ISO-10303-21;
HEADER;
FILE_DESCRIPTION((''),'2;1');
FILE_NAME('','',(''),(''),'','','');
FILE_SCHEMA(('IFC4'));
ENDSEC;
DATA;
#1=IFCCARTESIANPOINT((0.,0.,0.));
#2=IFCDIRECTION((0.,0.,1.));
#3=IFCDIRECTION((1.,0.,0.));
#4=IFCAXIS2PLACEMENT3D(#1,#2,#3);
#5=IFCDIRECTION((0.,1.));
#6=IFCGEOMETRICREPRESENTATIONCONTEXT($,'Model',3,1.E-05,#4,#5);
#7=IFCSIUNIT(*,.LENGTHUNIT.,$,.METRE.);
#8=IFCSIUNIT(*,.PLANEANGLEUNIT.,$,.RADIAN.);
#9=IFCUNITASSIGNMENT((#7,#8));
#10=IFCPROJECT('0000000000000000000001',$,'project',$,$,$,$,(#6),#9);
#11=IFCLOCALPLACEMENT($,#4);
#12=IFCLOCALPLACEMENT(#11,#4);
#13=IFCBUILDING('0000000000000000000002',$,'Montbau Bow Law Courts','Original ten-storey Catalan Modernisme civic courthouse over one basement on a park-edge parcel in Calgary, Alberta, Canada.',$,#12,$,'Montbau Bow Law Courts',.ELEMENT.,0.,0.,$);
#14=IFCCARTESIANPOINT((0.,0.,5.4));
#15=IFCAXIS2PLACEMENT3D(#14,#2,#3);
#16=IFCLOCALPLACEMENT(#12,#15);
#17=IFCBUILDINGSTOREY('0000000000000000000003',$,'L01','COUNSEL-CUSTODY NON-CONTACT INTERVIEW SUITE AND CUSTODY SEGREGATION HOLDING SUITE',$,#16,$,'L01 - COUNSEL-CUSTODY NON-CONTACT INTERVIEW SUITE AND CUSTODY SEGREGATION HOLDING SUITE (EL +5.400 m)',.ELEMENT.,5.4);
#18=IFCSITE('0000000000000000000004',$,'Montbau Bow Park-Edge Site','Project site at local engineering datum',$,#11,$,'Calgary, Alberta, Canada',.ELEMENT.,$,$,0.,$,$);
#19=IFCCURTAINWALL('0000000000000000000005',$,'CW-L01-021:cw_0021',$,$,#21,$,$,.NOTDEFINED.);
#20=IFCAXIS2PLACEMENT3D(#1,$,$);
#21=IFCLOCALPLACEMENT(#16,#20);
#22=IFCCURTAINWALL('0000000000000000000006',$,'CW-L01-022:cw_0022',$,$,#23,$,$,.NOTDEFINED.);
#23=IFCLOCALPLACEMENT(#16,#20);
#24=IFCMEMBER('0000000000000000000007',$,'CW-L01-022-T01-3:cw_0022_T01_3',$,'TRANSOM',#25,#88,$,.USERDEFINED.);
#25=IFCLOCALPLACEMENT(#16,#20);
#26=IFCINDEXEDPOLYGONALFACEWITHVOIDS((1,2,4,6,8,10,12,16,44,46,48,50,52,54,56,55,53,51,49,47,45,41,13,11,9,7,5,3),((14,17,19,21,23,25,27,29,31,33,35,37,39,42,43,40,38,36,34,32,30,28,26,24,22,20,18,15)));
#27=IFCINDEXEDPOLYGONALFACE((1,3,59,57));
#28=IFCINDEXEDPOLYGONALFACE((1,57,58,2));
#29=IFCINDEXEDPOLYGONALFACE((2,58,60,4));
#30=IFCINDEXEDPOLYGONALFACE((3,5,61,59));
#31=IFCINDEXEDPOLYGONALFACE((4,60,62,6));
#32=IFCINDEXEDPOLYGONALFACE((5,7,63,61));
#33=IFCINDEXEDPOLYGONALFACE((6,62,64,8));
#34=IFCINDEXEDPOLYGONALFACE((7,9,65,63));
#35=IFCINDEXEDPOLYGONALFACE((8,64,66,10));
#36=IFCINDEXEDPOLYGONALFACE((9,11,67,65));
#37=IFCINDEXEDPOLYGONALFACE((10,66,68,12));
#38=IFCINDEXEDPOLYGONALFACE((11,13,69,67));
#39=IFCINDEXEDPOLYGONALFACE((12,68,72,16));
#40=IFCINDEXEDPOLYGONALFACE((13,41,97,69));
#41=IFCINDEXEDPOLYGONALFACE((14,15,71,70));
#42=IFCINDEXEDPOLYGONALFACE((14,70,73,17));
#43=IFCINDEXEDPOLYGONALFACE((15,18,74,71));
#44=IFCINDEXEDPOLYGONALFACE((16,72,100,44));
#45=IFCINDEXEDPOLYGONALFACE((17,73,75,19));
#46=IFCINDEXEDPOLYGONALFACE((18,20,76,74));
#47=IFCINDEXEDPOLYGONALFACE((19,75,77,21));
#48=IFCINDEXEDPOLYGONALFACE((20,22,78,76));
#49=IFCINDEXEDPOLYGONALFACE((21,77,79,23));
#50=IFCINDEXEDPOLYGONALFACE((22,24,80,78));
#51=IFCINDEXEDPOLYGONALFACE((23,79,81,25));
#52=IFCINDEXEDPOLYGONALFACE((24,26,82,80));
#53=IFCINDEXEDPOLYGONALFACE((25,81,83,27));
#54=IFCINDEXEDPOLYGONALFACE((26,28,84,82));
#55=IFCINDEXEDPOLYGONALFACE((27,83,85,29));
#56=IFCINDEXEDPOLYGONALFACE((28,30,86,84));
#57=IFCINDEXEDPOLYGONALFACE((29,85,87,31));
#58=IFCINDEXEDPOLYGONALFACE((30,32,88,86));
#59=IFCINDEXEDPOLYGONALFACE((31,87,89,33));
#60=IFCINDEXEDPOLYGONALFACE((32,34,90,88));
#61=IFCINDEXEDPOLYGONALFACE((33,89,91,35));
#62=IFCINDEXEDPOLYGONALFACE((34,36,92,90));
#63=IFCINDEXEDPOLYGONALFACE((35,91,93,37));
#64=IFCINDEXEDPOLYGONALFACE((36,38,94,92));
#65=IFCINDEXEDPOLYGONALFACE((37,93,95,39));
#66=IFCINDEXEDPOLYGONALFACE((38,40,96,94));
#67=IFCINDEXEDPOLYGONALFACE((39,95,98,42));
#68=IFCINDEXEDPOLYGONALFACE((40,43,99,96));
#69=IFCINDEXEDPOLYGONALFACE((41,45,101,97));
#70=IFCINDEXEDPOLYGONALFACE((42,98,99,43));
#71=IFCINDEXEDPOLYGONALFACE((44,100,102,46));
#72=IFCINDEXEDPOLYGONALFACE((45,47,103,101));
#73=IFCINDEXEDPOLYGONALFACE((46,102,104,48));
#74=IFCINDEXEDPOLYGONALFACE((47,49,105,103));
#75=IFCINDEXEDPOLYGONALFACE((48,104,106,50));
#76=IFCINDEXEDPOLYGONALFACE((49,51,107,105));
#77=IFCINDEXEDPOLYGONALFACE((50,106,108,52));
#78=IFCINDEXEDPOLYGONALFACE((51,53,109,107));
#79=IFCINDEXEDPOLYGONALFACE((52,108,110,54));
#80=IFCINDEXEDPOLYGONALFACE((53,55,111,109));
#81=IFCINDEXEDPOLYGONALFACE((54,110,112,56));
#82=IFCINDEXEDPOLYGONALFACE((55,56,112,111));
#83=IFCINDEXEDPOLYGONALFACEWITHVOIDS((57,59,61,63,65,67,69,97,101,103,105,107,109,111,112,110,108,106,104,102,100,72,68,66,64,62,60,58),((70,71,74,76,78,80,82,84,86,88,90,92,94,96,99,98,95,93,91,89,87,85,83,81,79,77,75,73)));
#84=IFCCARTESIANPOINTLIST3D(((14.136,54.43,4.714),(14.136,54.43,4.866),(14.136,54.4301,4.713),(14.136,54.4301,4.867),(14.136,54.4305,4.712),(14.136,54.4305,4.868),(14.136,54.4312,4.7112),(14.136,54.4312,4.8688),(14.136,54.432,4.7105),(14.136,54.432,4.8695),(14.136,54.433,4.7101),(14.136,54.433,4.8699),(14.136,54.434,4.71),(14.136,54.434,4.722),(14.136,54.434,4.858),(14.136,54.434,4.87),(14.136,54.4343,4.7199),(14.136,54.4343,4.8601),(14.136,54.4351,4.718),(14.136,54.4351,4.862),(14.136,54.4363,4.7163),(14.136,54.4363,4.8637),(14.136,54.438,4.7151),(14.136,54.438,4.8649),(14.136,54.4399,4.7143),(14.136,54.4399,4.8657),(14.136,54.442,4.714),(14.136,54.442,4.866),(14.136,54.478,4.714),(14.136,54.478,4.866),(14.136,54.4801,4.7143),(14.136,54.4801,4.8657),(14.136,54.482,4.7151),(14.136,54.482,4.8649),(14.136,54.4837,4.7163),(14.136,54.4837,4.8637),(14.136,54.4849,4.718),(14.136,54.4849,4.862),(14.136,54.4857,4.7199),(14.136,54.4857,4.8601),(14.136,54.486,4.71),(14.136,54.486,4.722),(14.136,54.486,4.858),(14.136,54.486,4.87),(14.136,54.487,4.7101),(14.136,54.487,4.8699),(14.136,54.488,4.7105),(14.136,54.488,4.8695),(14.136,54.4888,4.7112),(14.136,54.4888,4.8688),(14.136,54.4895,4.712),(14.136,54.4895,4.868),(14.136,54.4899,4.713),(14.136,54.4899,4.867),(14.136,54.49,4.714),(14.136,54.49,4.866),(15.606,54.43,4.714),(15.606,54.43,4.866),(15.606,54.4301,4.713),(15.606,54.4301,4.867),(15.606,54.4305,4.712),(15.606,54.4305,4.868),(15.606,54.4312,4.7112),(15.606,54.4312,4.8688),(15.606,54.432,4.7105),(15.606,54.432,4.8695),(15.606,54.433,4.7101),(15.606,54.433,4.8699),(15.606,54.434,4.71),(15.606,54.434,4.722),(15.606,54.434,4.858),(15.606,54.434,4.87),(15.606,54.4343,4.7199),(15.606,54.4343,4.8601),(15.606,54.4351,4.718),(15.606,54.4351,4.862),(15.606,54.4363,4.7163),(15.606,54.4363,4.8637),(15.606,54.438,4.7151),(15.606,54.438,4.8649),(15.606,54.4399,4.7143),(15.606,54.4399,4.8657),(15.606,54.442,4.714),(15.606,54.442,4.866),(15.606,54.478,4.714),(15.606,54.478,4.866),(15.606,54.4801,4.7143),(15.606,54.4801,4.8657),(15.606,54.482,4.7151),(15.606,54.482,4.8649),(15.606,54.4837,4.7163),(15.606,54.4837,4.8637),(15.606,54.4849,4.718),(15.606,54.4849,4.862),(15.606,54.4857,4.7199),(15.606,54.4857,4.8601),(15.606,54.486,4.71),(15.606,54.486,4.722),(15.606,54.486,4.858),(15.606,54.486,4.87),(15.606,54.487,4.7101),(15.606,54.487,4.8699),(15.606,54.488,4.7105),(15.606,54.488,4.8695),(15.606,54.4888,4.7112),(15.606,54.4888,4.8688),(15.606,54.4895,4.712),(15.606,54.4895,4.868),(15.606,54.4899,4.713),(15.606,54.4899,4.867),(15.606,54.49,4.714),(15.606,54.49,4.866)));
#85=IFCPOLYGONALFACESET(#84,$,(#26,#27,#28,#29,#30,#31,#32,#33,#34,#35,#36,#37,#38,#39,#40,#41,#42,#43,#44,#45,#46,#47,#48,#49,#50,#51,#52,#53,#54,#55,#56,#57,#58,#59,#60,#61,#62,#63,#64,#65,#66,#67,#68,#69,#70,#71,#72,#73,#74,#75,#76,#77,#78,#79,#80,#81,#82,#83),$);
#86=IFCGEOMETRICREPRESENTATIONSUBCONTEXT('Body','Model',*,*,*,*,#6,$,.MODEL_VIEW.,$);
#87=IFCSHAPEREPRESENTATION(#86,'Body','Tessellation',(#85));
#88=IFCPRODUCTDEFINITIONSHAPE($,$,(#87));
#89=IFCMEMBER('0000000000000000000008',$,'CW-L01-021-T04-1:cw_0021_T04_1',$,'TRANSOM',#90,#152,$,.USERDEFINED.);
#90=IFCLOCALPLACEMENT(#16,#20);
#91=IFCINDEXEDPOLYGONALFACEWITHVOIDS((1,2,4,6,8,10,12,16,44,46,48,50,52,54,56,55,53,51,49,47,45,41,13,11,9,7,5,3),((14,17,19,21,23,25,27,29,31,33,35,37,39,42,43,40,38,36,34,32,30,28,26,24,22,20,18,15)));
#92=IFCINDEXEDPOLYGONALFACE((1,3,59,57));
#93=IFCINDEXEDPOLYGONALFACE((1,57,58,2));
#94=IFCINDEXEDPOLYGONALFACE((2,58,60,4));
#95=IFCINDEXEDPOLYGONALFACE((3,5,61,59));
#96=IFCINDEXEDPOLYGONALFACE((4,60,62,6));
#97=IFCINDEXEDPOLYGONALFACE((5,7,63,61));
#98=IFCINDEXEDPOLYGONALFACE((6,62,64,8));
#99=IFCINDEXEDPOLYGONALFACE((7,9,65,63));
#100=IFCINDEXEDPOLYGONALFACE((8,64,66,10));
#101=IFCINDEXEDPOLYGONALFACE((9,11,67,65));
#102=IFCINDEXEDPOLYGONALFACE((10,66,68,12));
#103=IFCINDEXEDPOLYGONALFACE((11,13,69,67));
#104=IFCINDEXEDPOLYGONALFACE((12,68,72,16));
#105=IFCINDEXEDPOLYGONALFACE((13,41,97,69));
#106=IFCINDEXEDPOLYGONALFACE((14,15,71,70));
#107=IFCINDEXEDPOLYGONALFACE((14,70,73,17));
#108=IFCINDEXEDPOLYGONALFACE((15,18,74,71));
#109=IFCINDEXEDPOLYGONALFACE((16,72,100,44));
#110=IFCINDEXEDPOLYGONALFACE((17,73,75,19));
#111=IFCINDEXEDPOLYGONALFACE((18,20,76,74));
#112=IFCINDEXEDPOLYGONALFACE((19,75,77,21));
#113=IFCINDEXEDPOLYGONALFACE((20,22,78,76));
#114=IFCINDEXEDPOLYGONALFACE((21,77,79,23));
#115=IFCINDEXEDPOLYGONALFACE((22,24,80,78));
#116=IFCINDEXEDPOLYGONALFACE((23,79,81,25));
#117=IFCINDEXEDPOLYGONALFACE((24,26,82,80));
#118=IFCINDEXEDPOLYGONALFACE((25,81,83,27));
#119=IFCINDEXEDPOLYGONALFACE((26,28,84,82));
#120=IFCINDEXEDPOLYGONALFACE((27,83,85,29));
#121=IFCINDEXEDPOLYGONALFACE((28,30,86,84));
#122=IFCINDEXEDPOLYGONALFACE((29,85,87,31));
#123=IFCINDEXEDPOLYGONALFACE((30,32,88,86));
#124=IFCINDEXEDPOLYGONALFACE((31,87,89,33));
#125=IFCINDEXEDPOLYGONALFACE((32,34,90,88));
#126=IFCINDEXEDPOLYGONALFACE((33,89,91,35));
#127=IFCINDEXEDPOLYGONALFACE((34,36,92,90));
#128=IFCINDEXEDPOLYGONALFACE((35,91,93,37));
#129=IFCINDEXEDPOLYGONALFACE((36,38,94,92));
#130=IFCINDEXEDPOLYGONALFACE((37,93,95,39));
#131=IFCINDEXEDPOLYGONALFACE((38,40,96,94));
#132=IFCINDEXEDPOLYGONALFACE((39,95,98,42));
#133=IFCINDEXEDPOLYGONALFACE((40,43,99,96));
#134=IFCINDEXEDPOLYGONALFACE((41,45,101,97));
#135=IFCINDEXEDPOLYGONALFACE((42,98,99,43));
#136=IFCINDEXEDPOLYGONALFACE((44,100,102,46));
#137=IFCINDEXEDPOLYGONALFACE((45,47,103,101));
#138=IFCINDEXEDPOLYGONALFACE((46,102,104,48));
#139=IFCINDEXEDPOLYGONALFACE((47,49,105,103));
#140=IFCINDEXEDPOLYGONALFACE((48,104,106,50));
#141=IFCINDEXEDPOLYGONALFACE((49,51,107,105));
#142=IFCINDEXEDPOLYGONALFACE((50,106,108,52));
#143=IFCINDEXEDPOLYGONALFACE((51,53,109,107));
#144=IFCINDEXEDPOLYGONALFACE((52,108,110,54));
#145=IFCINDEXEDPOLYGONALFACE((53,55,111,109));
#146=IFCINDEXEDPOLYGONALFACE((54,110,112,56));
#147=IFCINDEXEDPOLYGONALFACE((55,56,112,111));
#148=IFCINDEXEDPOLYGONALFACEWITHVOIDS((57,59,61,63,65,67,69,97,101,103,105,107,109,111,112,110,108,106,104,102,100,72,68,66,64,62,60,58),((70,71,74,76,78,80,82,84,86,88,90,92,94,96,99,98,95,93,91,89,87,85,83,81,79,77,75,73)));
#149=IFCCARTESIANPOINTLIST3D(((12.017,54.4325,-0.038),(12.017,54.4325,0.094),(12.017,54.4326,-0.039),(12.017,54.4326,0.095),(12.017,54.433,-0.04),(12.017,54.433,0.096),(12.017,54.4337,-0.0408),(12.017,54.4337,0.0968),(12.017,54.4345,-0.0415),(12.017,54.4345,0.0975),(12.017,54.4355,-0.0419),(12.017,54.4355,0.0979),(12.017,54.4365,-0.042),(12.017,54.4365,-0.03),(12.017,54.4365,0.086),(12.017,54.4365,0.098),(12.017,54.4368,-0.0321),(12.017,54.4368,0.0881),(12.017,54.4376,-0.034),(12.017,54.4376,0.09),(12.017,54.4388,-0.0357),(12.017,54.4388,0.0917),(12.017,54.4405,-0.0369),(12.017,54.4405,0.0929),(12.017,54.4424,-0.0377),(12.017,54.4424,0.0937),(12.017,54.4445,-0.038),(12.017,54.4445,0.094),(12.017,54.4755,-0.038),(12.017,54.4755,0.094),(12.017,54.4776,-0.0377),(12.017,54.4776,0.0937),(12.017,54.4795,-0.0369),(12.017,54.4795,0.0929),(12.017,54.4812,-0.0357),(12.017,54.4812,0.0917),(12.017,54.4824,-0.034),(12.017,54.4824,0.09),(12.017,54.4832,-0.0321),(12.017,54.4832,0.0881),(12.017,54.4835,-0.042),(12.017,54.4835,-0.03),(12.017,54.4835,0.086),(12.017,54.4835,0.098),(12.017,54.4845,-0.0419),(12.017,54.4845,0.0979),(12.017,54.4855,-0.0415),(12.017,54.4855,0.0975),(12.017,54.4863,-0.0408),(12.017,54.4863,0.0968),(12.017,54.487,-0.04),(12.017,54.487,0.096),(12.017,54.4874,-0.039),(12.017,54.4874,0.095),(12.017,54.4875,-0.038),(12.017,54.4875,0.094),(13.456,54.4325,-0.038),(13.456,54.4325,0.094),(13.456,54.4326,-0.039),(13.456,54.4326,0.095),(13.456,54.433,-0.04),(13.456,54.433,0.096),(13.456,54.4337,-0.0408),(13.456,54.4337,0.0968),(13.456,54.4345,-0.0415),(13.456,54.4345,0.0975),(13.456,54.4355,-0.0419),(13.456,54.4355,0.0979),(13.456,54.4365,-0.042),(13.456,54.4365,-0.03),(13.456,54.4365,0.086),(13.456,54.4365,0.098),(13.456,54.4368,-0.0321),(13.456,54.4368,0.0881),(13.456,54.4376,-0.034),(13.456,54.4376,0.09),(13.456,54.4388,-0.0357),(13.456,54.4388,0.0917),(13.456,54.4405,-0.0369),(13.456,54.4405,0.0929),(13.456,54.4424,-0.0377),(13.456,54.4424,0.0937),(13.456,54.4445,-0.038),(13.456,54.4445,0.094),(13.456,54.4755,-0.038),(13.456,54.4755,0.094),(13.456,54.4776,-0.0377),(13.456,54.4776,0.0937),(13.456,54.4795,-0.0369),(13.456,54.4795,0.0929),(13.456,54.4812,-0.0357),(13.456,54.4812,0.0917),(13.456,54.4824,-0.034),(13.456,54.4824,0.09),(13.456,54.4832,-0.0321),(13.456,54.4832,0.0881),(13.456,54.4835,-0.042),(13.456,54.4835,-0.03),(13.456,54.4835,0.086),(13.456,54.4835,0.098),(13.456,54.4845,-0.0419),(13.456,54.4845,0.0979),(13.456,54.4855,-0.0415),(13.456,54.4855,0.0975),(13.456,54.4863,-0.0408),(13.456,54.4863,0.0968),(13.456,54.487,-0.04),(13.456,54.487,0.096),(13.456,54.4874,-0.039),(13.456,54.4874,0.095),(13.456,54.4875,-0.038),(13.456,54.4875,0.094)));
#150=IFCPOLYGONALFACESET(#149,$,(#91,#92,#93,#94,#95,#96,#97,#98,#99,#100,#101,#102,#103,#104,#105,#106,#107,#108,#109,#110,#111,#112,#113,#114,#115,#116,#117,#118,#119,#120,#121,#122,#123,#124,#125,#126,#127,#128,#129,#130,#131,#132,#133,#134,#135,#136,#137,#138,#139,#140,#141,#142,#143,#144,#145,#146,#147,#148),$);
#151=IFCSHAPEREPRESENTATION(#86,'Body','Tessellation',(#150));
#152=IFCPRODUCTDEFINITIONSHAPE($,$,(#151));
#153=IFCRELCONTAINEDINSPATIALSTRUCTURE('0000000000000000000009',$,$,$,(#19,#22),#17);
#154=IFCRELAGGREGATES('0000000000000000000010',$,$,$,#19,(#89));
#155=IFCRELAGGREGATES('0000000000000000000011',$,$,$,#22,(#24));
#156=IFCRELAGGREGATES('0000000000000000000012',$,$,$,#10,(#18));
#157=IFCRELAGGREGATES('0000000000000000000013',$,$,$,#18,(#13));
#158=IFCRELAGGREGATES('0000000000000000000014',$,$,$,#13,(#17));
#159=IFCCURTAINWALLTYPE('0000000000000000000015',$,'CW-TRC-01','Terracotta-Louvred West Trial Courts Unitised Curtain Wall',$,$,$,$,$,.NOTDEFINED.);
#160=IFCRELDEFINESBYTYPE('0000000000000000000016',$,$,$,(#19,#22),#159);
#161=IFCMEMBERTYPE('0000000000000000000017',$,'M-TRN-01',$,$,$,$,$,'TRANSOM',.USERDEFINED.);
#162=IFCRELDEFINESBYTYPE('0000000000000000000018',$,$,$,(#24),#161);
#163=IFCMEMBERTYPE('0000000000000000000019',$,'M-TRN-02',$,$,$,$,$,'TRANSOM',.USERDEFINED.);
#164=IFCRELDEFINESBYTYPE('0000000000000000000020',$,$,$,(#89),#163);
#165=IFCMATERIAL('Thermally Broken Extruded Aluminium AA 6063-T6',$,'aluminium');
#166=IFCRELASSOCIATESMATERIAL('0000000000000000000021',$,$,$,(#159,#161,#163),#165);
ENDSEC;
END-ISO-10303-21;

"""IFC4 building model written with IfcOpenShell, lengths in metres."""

from ifc_helpers import new_model, si_unit, direction, frame, origin_with_axes, origin_2d_with_axis, place, context, subcontext, project, spatial, hollow_rectangle, extrude, material, material_profile, profile_set, type_object, element, aggregate, save


model = new_model("IFC4")

# Units and contexts
model_context = context("Model", 3, precision=1e-05, world=origin_with_axes(), true_north=direction((0.0, 1.0)))
body_context = subcontext(model_context, "Body", "Model", "MODEL_VIEW")
ifc_project = project(units=[si_unit("LENGTHUNIT", "METRE"), si_unit("PLANEANGLEUNIT", "RADIAN")], contexts=[model_context])

# Site, building, storey
site_placement = place(None, origin_with_axes())
site = spatial("IfcSite", under=ifc_project, at=site_placement, Name="Montbau Bow Park-Edge Site", Description="Project site at local engineering datum", LongName="Calgary, Alberta, Canada", CompositionType="ELEMENT", RefElevation=0.0)
building_placement = place(site_placement, origin_with_axes())
building = spatial("IfcBuilding", under=site, at=building_placement, Name="Montbau Bow Law Courts", Description="Original ten-storey Catalan Modernisme civic courthouse over one basement on a park-edge parcel in Calgary, Alberta, Canada.", LongName="Montbau Bow Law Courts", CompositionType="ELEMENT", ElevationOfRefHeight=0.0, ElevationOfTerrain=0.0)
storey_placement = place(building_placement, frame((0.0, 0.0, 5.4), z_axis=(0.0, 0.0, 1.0), x_axis=(1.0, 0.0, 0.0)))
storey = spatial("IfcBuildingStorey", under=building, at=storey_placement, Name="L01", Description="COUNSEL-CUSTODY NON-CONTACT INTERVIEW SUITE AND CUSTODY SEGREGATION HOLDING SUITE", LongName="L01 - COUNSEL-CUSTODY NON-CONTACT INTERVIEW SUITE AND CUSTODY SEGREGATION HOLDING SUITE (EL +5.400 m)", CompositionType="ELEMENT", Elevation=5.4)

# Curtain walls, member
ifc_material_1 = material(Name="Thermally Broken Extruded Aluminium AA 6063-T6", Category="aluminium")
curtain_wall_type = type_object("IfcCurtainWallType", Name="CW-TRC-01", Description="Terracotta-Louvred West Trial Courts Unitised Curtain Wall", PredefinedType="NOTDEFINED", material=ifc_material_1)
curtain_wall_1_placement = place(None, frame((7.315, 54.46, 5.4), z_axis=(0.0, 0.0, 1.0), x_axis=(1.0, 0.0, 0.0)))
curtain_wall_1 = element("IfcCurtainWall", 1, at=curtain_wall_1_placement, inside=storey, type_object=curtain_wall_type, Name="CW-L01-021:cw_0021", PredefinedType="NOTDEFINED")
curtain_wall_2_placement = place(None, frame((14.068, 54.46, 5.4), z_axis=(0.0, 0.0, 1.0), x_axis=(1.0, 0.0, 0.0)))
curtain_wall_2 = element("IfcCurtainWall", 2, at=curtain_wall_2_placement, inside=storey, type_object=curtain_wall_type, Name="CW-L01-022:cw_0022", PredefinedType="NOTDEFINED")
ifc_material_profile_1 = material_profile(ifc_material_1, hollow_rectangle(XDim=0.06, YDim=0.16, WallThickness=0.004, InnerFilletRadius=0.008, OuterFilletRadius=0.004, at=origin_2d_with_axis()), Name="CWT-160X60", Category="Main", Priority=0)
ifc_profile_set_1 = profile_set([ifc_material_profile_1], Name="Thermally Broken Extruded Aluminium AA 6063-T6")
member_type_1 = type_object("IfcMemberType", Name="M-TRN-01", ElementType="TRANSOM", PredefinedType="USERDEFINED", material=ifc_profile_set_1)
member_1_placement = place(None, frame((14.136, 54.46, 10.19), z_axis=(1.0, 0.0, 0.0), x_axis=(0.0, 1.0, 0.0)))
member_1 = element("IfcMember", 3, at=member_1_placement, type_object=member_type_1, Name="CW-L01-022-T01-3:cw_0022_T01_3", ObjectType="TRANSOM", PredefinedType="USERDEFINED", context=body_context, shape_type="SweptSolid", body=[
    extrude(hollow_rectangle(XDim=0.06, YDim=0.16, WallThickness=0.004, InnerFilletRadius=0.008, OuterFilletRadius=0.004, at=origin_2d_with_axis()), origin_with_axes(), (0.0, 0.0, 1.0), 1.47),
])

# Member
ifc_material_profile_2 = material_profile(ifc_material_1, hollow_rectangle(XDim=0.055, YDim=0.14, WallThickness=0.004, InnerFilletRadius=0.008, OuterFilletRadius=0.004, at=origin_2d_with_axis()), Name="CWT-140X55", Category="Main", Priority=0)
ifc_profile_set_2 = profile_set([ifc_material_profile_2], Name="Thermally Broken Extruded Aluminium AA 6063-T6")
member_type_2 = type_object("IfcMemberType", Name="M-TRN-02", ElementType="TRANSOM", PredefinedType="USERDEFINED", material=ifc_profile_set_2)
member_2_placement = place(None, frame((12.017, 54.46, 5.428), z_axis=(1.0, 0.0, 0.0), x_axis=(0.0, 1.0, 0.0)))
member_2 = element("IfcMember", 4, at=member_2_placement, type_object=member_type_2, Name="CW-L01-021-T04-1:cw_0021_T04_1", ObjectType="TRANSOM", PredefinedType="USERDEFINED", context=body_context, shape_type="SweptSolid", body=[
    extrude(hollow_rectangle(XDim=0.055, YDim=0.14, WallThickness=0.004, InnerFilletRadius=0.008, OuterFilletRadius=0.004, at=origin_2d_with_axis()), origin_with_axes(), (0.0, 0.0, 1.0), 1.439),
])

aggregate(curtain_wall_1, [member_2])
aggregate(curtain_wall_2, [member_1])

save(model, "model.ifc")
